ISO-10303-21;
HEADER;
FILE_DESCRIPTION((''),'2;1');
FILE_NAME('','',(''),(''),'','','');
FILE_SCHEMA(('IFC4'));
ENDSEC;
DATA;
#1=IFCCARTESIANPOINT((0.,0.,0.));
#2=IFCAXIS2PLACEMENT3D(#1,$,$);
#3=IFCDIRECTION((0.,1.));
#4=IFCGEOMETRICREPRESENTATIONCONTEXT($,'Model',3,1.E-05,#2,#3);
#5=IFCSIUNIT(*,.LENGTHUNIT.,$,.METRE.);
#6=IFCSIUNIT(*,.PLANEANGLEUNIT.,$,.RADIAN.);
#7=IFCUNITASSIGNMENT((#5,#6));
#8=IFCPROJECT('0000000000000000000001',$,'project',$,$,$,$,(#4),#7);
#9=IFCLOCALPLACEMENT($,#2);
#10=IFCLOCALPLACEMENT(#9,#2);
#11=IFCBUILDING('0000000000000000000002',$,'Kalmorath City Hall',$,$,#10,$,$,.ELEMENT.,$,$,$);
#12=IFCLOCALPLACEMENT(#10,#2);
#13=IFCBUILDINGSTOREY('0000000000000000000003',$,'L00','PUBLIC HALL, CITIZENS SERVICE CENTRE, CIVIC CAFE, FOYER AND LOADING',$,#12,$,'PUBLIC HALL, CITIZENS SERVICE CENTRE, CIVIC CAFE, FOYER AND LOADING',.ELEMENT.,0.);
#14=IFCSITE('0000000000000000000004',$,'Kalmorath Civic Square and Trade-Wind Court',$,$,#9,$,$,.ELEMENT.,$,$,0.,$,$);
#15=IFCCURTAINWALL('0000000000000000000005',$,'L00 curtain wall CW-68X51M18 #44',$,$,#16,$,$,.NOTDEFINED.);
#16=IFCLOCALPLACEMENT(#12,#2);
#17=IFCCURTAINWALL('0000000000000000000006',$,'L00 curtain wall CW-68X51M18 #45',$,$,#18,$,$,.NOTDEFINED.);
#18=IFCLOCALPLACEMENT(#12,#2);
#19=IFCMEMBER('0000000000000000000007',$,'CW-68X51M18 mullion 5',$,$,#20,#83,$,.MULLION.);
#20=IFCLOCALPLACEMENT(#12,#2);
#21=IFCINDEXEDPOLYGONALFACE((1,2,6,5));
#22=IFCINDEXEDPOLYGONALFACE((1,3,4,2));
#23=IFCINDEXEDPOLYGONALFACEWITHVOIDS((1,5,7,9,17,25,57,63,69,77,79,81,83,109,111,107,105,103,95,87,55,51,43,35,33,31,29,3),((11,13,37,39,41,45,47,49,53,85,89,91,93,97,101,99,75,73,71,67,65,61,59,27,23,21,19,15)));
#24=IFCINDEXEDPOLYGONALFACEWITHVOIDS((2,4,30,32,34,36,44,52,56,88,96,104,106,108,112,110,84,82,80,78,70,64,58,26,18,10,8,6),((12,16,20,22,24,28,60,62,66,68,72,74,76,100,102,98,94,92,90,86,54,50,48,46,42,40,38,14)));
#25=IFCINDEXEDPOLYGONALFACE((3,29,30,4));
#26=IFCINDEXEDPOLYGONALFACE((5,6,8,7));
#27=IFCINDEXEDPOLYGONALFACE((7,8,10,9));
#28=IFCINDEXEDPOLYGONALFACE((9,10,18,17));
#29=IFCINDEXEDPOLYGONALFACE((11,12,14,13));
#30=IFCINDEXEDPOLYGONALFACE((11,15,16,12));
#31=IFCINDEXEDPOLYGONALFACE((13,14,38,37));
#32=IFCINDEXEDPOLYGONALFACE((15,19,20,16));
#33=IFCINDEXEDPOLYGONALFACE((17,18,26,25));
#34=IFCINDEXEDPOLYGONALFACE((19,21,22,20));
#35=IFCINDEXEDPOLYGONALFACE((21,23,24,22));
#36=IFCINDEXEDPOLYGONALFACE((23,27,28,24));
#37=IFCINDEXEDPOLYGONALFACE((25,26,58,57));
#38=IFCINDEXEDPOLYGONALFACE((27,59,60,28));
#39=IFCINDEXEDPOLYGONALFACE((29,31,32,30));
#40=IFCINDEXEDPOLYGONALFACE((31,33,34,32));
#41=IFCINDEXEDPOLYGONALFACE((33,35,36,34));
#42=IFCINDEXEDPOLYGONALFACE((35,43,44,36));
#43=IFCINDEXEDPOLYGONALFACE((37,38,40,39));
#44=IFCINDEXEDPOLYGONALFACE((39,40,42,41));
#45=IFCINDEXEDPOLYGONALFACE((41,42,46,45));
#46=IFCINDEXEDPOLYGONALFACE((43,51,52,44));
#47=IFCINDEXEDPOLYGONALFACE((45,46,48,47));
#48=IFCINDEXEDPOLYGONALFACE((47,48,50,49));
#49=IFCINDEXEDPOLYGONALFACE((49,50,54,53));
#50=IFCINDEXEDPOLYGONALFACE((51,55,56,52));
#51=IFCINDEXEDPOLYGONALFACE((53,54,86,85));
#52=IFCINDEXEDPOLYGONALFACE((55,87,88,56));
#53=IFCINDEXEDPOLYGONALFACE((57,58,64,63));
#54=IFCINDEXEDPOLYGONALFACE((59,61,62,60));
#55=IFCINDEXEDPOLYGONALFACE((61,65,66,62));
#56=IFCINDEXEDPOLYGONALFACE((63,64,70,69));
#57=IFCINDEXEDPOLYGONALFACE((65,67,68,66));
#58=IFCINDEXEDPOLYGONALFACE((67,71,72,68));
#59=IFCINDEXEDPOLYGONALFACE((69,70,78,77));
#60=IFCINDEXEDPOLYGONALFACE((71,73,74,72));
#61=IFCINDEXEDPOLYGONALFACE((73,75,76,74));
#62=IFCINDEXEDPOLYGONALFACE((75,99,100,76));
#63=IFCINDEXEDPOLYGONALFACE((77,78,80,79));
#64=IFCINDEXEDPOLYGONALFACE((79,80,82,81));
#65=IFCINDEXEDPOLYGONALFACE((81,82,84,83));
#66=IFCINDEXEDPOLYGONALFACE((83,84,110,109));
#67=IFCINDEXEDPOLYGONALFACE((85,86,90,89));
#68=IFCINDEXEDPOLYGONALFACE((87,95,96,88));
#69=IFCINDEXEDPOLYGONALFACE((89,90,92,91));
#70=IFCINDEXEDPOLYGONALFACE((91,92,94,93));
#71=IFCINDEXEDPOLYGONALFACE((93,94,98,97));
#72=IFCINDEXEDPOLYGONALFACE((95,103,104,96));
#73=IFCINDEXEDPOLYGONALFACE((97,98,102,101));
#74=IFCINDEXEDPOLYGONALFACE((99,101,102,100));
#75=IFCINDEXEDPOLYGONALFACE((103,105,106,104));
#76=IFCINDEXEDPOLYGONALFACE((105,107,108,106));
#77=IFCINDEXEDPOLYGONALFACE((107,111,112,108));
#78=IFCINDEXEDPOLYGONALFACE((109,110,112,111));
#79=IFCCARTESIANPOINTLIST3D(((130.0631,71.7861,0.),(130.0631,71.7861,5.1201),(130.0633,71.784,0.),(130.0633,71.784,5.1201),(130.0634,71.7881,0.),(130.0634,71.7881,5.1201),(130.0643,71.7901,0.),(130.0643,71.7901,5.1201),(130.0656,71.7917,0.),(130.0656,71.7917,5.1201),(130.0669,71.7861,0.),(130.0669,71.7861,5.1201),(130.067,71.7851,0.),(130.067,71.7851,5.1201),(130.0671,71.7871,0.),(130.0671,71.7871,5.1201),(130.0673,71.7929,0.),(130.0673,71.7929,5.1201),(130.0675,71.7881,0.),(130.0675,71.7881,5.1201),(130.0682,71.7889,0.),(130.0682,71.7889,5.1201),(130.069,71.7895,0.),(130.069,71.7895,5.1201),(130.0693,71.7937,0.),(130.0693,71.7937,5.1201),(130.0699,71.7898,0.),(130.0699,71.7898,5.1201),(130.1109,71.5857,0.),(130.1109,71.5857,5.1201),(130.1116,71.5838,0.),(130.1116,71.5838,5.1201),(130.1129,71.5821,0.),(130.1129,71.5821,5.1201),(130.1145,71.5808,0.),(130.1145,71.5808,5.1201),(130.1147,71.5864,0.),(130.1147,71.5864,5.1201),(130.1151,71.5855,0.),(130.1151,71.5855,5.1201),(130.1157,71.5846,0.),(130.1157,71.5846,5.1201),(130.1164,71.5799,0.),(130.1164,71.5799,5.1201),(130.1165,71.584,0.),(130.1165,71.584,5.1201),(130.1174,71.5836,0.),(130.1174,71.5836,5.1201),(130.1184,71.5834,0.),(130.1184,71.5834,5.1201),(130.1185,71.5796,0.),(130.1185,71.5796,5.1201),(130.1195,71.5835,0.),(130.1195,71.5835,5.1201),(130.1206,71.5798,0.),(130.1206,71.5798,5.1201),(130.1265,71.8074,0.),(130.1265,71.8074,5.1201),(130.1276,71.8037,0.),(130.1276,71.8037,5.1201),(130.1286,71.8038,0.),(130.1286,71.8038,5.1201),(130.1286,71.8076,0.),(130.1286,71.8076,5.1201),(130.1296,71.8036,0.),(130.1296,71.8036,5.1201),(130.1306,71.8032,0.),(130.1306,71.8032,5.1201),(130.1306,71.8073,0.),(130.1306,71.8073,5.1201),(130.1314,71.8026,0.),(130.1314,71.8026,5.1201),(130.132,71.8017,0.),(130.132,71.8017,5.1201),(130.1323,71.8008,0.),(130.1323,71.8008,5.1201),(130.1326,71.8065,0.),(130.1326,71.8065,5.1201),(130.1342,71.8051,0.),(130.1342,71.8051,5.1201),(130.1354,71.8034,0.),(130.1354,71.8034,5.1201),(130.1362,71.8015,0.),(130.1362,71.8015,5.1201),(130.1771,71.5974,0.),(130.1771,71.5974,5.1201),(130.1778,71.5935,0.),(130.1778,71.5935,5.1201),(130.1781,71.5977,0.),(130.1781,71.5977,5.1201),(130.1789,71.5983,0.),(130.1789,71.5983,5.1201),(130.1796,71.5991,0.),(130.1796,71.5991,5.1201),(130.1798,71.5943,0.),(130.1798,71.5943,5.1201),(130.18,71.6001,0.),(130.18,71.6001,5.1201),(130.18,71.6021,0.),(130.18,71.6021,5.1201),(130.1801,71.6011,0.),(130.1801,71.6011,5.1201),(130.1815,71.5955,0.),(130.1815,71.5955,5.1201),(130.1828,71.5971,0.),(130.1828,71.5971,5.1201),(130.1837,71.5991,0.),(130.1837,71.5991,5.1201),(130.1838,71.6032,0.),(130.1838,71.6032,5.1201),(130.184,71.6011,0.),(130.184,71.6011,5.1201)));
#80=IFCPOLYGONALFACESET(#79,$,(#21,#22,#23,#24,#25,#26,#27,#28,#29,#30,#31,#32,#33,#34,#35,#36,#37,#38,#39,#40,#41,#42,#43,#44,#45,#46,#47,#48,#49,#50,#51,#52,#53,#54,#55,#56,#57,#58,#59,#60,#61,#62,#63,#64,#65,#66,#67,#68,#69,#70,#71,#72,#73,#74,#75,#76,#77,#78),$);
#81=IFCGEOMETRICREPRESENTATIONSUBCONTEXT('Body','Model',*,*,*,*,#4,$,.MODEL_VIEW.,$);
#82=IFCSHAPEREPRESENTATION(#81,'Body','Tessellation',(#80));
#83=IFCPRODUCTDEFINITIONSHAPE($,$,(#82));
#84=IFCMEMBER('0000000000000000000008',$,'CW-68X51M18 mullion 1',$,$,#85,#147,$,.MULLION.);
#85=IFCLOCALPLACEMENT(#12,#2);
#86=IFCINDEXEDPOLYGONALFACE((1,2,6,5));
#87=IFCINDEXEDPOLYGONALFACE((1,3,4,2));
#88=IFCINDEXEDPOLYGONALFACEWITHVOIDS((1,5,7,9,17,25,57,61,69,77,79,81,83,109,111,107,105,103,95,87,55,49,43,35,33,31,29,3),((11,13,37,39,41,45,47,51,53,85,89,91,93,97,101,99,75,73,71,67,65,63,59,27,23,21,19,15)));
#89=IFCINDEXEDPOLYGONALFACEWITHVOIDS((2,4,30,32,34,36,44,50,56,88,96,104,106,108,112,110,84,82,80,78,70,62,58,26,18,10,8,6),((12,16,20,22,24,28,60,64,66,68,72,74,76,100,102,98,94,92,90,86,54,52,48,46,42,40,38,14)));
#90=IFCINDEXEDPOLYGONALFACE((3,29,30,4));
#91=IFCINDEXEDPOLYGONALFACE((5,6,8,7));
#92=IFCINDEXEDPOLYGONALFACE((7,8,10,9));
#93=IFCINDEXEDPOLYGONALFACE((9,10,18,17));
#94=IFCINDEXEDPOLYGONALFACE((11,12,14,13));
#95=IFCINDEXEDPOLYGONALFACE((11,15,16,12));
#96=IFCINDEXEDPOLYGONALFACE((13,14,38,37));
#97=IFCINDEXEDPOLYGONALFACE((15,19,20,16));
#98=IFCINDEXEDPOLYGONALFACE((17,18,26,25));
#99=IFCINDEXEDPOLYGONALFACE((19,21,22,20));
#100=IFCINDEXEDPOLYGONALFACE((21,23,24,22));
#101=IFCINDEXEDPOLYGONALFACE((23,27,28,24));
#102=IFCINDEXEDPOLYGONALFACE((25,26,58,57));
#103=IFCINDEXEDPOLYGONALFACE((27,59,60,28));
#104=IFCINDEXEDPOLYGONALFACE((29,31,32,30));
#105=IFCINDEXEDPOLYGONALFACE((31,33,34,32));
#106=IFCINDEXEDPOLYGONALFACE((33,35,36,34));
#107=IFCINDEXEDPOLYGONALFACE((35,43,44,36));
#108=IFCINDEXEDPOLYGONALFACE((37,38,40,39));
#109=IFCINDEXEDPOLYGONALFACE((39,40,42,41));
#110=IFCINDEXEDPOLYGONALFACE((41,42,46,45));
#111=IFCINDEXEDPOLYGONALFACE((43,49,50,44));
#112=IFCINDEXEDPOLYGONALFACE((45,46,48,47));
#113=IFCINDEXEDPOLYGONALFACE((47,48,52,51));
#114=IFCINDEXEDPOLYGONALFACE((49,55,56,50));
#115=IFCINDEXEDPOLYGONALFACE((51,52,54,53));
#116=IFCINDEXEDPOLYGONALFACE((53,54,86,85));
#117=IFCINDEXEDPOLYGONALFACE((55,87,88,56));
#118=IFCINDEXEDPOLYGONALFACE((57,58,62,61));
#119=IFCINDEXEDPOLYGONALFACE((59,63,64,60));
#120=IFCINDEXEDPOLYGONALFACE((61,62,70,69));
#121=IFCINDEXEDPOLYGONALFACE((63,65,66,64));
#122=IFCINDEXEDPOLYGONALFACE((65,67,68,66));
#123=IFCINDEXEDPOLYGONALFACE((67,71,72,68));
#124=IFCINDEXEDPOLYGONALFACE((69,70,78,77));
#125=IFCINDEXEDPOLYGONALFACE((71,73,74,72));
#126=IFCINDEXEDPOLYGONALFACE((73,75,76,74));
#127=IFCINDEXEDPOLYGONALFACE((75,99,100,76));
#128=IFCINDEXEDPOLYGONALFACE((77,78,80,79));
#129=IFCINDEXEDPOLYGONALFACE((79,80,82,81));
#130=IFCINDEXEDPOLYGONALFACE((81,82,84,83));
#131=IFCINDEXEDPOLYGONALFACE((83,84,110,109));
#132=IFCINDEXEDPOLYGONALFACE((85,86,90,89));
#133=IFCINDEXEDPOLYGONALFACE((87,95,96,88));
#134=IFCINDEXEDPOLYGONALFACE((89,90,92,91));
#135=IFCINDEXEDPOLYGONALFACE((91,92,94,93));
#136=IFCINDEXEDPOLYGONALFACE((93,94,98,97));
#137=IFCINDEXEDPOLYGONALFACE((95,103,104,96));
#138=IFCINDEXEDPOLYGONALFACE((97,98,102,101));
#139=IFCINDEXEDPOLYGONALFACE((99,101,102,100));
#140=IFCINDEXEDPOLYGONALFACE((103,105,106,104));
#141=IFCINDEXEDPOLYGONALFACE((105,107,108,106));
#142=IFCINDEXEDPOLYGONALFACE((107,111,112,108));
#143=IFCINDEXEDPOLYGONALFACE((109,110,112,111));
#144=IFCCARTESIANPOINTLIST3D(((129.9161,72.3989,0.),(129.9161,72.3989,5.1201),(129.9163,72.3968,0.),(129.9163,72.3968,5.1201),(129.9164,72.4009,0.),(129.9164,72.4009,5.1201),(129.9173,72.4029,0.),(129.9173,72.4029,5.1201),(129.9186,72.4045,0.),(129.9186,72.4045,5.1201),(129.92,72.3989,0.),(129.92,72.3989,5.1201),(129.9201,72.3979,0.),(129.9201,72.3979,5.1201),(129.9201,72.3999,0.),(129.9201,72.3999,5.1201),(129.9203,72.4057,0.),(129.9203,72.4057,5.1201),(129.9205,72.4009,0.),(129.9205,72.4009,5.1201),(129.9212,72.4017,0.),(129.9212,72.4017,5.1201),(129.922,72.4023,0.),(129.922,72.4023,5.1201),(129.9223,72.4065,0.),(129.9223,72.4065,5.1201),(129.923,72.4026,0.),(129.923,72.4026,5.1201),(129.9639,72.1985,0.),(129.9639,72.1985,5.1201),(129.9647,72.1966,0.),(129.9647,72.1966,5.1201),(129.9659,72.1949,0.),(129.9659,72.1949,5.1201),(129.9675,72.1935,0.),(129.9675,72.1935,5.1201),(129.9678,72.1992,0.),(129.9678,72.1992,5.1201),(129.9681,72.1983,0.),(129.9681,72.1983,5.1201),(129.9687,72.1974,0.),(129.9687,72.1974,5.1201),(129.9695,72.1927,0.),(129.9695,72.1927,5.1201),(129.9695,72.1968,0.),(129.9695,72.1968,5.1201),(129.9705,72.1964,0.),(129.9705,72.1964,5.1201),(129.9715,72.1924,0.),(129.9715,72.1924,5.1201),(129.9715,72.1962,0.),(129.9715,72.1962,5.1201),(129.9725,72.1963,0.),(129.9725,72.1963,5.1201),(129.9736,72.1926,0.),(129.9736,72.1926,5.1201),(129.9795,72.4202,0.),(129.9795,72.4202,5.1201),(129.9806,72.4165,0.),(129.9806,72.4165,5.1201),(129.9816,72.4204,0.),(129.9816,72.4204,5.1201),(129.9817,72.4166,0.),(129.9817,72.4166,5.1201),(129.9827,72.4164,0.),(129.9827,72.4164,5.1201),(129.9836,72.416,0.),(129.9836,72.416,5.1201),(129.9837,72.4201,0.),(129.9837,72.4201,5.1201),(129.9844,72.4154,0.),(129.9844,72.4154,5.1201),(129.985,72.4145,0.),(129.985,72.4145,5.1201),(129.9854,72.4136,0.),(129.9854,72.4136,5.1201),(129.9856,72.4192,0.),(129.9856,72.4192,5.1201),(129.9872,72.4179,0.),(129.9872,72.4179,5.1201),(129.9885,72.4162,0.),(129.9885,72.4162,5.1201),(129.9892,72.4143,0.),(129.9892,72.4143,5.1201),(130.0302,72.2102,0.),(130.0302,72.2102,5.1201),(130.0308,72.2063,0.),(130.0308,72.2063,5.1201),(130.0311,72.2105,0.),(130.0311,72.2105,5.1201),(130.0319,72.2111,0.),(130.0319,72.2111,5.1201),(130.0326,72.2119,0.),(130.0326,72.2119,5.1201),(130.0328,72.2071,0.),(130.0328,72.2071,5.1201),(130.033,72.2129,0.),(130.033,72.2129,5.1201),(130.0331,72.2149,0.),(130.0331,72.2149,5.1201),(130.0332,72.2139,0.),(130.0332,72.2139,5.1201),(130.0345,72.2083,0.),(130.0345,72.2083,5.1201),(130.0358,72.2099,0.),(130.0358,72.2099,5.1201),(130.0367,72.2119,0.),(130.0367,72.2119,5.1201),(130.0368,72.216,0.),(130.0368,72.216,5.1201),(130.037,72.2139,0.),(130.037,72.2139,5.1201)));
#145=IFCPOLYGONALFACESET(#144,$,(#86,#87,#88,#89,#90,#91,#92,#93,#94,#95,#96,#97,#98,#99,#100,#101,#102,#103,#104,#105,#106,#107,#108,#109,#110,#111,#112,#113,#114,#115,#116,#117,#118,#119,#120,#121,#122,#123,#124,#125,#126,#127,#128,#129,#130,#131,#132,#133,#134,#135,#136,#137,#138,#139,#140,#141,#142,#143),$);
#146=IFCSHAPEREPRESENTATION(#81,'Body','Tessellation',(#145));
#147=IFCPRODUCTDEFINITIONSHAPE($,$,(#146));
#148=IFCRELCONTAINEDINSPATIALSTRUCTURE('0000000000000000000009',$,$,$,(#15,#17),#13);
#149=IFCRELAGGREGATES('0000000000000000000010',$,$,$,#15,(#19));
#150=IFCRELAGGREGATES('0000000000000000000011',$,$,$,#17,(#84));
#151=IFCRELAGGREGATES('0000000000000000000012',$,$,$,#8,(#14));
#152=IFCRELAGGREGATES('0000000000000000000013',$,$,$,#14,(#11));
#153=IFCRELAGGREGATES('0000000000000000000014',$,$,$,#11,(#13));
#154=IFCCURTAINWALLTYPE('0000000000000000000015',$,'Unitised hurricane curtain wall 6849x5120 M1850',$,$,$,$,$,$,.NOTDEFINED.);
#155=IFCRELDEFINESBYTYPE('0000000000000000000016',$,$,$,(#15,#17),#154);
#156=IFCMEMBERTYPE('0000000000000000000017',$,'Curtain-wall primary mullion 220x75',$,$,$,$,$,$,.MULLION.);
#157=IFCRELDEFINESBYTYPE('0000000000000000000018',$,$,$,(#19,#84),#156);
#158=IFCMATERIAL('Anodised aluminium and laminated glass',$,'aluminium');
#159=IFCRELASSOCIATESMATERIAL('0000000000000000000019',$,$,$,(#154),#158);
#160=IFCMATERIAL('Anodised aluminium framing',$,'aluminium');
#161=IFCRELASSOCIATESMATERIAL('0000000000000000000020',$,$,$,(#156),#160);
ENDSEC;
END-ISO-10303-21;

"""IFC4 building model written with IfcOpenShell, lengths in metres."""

from ifc_helpers import new_model, si_unit, direction, frame, origin, origin_2d, place, context, subcontext, project, spatial, hollow_rectangle, extrude, material, material_profile, profile_set, type_object, element, aggregate, save


model = new_model("IFC4")

# Units and contexts
model_context = context("Model", 3, precision=1e-05, world=origin(), true_north=direction((0.0, 1.0)))
body_context = subcontext(model_context, "Body", "Model", "MODEL_VIEW")
ifc_project = project(units=[si_unit("LENGTHUNIT", "METRE"), si_unit("PLANEANGLEUNIT", "RADIAN")], contexts=[model_context])

# Site, building, storey
site_placement = place(None, origin())
site = spatial("IfcSite", under=ifc_project, at=site_placement, Name="Kalmorath Civic Square and Trade-Wind Court", CompositionType="ELEMENT", RefElevation=0.0)
building_placement = place(site_placement, origin())
building = spatial("IfcBuilding", under=site, at=building_placement, Name="Kalmorath City Hall", CompositionType="ELEMENT")
storey_placement = place(building_placement, origin())
storey = spatial("IfcBuildingStorey", under=building, at=storey_placement, Name="L00", Description="PUBLIC HALL, CITIZENS SERVICE CENTRE, CIVIC CAFE, FOYER AND LOADING", LongName="PUBLIC HALL, CITIZENS SERVICE CENTRE, CIVIC CAFE, FOYER AND LOADING", CompositionType="ELEMENT", Elevation=0.0)

# Curtain walls
ifc_material_1 = material(Name="Anodised aluminium and laminated glass", Category="aluminium")
curtain_wall_type = type_object("IfcCurtainWallType", Name="Unitised hurricane curtain wall 6849x5120 M1850", PredefinedType="NOTDEFINED", material=ifc_material_1)
curtain_wall_1_placement = place(storey_placement, origin())
curtain_wall_1 = element("IfcCurtainWall", 1, at=curtain_wall_1_placement, inside=storey, type_object=curtain_wall_type, Name="L00 curtain wall CW-68X51M18 #44", PredefinedType="NOTDEFINED")
curtain_wall_2_placement = place(storey_placement, origin())
curtain_wall_2 = element("IfcCurtainWall", 2, at=curtain_wall_2_placement, inside=storey, type_object=curtain_wall_type, Name="L00 curtain wall CW-68X51M18 #45", PredefinedType="NOTDEFINED")

# Members
ifc_material_2 = material(Name="Anodised aluminium framing", Category="aluminium")
ifc_material_profile_1 = material_profile(ifc_material_2, hollow_rectangle(XDim=0.075, YDim=0.22, WallThickness=0.0039, InnerFilletRadius=0.0039, OuterFilletRadius=0.0081, at=origin_2d()), Name="ALU-MUL-220X75X4")
ifc_profile_set_1 = profile_set([ifc_material_profile_1], Name="Anodised aluminium framing")
member_type_1 = type_object("IfcMemberType", Name="Curtain-wall primary mullion 220x75", PredefinedType="MULLION", material=ifc_profile_set_1)
member_1_placement = place(storey_placement, frame((130.1235, 71.6936, 0.0), z_axis=(0.0, 0.0, 1.0), x_axis=(-0.972371, -0.233442, 0.0)))
member_1 = element("IfcMember", 3, at=member_1_placement, type_object=member_type_1, Name="CW-68X51M18 mullion 5", PredefinedType="MULLION", context=body_context, shape_type="SweptSolid", body=[
    extrude(hollow_rectangle(XDim=0.075, YDim=0.22, WallThickness=0.0039, InnerFilletRadius=0.0039, OuterFilletRadius=0.0081, at=origin_2d()), origin(), (0.0, 0.0, 1.0), 5.1201),
])
member_2_placement = place(storey_placement, frame((129.9766, 72.3064, 0.0), z_axis=(0.0, 0.0, 1.0), x_axis=(-0.972367, -0.233456, 0.0)))
member_2 = element("IfcMember", 4, at=member_2_placement, type_object=member_type_1, Name="CW-68X51M18 mullion 1", PredefinedType="MULLION", context=body_context, shape_type="SweptSolid", body=[
    extrude(hollow_rectangle(XDim=0.075, YDim=0.22, WallThickness=0.0039, InnerFilletRadius=0.0039, OuterFilletRadius=0.0081, at=origin_2d()), origin(), (0.0, 0.0, 1.0), 5.1201),
])

aggregate(curtain_wall_1, [member_1])
aggregate(curtain_wall_2, [member_2])

save(model, "model.ifc")
